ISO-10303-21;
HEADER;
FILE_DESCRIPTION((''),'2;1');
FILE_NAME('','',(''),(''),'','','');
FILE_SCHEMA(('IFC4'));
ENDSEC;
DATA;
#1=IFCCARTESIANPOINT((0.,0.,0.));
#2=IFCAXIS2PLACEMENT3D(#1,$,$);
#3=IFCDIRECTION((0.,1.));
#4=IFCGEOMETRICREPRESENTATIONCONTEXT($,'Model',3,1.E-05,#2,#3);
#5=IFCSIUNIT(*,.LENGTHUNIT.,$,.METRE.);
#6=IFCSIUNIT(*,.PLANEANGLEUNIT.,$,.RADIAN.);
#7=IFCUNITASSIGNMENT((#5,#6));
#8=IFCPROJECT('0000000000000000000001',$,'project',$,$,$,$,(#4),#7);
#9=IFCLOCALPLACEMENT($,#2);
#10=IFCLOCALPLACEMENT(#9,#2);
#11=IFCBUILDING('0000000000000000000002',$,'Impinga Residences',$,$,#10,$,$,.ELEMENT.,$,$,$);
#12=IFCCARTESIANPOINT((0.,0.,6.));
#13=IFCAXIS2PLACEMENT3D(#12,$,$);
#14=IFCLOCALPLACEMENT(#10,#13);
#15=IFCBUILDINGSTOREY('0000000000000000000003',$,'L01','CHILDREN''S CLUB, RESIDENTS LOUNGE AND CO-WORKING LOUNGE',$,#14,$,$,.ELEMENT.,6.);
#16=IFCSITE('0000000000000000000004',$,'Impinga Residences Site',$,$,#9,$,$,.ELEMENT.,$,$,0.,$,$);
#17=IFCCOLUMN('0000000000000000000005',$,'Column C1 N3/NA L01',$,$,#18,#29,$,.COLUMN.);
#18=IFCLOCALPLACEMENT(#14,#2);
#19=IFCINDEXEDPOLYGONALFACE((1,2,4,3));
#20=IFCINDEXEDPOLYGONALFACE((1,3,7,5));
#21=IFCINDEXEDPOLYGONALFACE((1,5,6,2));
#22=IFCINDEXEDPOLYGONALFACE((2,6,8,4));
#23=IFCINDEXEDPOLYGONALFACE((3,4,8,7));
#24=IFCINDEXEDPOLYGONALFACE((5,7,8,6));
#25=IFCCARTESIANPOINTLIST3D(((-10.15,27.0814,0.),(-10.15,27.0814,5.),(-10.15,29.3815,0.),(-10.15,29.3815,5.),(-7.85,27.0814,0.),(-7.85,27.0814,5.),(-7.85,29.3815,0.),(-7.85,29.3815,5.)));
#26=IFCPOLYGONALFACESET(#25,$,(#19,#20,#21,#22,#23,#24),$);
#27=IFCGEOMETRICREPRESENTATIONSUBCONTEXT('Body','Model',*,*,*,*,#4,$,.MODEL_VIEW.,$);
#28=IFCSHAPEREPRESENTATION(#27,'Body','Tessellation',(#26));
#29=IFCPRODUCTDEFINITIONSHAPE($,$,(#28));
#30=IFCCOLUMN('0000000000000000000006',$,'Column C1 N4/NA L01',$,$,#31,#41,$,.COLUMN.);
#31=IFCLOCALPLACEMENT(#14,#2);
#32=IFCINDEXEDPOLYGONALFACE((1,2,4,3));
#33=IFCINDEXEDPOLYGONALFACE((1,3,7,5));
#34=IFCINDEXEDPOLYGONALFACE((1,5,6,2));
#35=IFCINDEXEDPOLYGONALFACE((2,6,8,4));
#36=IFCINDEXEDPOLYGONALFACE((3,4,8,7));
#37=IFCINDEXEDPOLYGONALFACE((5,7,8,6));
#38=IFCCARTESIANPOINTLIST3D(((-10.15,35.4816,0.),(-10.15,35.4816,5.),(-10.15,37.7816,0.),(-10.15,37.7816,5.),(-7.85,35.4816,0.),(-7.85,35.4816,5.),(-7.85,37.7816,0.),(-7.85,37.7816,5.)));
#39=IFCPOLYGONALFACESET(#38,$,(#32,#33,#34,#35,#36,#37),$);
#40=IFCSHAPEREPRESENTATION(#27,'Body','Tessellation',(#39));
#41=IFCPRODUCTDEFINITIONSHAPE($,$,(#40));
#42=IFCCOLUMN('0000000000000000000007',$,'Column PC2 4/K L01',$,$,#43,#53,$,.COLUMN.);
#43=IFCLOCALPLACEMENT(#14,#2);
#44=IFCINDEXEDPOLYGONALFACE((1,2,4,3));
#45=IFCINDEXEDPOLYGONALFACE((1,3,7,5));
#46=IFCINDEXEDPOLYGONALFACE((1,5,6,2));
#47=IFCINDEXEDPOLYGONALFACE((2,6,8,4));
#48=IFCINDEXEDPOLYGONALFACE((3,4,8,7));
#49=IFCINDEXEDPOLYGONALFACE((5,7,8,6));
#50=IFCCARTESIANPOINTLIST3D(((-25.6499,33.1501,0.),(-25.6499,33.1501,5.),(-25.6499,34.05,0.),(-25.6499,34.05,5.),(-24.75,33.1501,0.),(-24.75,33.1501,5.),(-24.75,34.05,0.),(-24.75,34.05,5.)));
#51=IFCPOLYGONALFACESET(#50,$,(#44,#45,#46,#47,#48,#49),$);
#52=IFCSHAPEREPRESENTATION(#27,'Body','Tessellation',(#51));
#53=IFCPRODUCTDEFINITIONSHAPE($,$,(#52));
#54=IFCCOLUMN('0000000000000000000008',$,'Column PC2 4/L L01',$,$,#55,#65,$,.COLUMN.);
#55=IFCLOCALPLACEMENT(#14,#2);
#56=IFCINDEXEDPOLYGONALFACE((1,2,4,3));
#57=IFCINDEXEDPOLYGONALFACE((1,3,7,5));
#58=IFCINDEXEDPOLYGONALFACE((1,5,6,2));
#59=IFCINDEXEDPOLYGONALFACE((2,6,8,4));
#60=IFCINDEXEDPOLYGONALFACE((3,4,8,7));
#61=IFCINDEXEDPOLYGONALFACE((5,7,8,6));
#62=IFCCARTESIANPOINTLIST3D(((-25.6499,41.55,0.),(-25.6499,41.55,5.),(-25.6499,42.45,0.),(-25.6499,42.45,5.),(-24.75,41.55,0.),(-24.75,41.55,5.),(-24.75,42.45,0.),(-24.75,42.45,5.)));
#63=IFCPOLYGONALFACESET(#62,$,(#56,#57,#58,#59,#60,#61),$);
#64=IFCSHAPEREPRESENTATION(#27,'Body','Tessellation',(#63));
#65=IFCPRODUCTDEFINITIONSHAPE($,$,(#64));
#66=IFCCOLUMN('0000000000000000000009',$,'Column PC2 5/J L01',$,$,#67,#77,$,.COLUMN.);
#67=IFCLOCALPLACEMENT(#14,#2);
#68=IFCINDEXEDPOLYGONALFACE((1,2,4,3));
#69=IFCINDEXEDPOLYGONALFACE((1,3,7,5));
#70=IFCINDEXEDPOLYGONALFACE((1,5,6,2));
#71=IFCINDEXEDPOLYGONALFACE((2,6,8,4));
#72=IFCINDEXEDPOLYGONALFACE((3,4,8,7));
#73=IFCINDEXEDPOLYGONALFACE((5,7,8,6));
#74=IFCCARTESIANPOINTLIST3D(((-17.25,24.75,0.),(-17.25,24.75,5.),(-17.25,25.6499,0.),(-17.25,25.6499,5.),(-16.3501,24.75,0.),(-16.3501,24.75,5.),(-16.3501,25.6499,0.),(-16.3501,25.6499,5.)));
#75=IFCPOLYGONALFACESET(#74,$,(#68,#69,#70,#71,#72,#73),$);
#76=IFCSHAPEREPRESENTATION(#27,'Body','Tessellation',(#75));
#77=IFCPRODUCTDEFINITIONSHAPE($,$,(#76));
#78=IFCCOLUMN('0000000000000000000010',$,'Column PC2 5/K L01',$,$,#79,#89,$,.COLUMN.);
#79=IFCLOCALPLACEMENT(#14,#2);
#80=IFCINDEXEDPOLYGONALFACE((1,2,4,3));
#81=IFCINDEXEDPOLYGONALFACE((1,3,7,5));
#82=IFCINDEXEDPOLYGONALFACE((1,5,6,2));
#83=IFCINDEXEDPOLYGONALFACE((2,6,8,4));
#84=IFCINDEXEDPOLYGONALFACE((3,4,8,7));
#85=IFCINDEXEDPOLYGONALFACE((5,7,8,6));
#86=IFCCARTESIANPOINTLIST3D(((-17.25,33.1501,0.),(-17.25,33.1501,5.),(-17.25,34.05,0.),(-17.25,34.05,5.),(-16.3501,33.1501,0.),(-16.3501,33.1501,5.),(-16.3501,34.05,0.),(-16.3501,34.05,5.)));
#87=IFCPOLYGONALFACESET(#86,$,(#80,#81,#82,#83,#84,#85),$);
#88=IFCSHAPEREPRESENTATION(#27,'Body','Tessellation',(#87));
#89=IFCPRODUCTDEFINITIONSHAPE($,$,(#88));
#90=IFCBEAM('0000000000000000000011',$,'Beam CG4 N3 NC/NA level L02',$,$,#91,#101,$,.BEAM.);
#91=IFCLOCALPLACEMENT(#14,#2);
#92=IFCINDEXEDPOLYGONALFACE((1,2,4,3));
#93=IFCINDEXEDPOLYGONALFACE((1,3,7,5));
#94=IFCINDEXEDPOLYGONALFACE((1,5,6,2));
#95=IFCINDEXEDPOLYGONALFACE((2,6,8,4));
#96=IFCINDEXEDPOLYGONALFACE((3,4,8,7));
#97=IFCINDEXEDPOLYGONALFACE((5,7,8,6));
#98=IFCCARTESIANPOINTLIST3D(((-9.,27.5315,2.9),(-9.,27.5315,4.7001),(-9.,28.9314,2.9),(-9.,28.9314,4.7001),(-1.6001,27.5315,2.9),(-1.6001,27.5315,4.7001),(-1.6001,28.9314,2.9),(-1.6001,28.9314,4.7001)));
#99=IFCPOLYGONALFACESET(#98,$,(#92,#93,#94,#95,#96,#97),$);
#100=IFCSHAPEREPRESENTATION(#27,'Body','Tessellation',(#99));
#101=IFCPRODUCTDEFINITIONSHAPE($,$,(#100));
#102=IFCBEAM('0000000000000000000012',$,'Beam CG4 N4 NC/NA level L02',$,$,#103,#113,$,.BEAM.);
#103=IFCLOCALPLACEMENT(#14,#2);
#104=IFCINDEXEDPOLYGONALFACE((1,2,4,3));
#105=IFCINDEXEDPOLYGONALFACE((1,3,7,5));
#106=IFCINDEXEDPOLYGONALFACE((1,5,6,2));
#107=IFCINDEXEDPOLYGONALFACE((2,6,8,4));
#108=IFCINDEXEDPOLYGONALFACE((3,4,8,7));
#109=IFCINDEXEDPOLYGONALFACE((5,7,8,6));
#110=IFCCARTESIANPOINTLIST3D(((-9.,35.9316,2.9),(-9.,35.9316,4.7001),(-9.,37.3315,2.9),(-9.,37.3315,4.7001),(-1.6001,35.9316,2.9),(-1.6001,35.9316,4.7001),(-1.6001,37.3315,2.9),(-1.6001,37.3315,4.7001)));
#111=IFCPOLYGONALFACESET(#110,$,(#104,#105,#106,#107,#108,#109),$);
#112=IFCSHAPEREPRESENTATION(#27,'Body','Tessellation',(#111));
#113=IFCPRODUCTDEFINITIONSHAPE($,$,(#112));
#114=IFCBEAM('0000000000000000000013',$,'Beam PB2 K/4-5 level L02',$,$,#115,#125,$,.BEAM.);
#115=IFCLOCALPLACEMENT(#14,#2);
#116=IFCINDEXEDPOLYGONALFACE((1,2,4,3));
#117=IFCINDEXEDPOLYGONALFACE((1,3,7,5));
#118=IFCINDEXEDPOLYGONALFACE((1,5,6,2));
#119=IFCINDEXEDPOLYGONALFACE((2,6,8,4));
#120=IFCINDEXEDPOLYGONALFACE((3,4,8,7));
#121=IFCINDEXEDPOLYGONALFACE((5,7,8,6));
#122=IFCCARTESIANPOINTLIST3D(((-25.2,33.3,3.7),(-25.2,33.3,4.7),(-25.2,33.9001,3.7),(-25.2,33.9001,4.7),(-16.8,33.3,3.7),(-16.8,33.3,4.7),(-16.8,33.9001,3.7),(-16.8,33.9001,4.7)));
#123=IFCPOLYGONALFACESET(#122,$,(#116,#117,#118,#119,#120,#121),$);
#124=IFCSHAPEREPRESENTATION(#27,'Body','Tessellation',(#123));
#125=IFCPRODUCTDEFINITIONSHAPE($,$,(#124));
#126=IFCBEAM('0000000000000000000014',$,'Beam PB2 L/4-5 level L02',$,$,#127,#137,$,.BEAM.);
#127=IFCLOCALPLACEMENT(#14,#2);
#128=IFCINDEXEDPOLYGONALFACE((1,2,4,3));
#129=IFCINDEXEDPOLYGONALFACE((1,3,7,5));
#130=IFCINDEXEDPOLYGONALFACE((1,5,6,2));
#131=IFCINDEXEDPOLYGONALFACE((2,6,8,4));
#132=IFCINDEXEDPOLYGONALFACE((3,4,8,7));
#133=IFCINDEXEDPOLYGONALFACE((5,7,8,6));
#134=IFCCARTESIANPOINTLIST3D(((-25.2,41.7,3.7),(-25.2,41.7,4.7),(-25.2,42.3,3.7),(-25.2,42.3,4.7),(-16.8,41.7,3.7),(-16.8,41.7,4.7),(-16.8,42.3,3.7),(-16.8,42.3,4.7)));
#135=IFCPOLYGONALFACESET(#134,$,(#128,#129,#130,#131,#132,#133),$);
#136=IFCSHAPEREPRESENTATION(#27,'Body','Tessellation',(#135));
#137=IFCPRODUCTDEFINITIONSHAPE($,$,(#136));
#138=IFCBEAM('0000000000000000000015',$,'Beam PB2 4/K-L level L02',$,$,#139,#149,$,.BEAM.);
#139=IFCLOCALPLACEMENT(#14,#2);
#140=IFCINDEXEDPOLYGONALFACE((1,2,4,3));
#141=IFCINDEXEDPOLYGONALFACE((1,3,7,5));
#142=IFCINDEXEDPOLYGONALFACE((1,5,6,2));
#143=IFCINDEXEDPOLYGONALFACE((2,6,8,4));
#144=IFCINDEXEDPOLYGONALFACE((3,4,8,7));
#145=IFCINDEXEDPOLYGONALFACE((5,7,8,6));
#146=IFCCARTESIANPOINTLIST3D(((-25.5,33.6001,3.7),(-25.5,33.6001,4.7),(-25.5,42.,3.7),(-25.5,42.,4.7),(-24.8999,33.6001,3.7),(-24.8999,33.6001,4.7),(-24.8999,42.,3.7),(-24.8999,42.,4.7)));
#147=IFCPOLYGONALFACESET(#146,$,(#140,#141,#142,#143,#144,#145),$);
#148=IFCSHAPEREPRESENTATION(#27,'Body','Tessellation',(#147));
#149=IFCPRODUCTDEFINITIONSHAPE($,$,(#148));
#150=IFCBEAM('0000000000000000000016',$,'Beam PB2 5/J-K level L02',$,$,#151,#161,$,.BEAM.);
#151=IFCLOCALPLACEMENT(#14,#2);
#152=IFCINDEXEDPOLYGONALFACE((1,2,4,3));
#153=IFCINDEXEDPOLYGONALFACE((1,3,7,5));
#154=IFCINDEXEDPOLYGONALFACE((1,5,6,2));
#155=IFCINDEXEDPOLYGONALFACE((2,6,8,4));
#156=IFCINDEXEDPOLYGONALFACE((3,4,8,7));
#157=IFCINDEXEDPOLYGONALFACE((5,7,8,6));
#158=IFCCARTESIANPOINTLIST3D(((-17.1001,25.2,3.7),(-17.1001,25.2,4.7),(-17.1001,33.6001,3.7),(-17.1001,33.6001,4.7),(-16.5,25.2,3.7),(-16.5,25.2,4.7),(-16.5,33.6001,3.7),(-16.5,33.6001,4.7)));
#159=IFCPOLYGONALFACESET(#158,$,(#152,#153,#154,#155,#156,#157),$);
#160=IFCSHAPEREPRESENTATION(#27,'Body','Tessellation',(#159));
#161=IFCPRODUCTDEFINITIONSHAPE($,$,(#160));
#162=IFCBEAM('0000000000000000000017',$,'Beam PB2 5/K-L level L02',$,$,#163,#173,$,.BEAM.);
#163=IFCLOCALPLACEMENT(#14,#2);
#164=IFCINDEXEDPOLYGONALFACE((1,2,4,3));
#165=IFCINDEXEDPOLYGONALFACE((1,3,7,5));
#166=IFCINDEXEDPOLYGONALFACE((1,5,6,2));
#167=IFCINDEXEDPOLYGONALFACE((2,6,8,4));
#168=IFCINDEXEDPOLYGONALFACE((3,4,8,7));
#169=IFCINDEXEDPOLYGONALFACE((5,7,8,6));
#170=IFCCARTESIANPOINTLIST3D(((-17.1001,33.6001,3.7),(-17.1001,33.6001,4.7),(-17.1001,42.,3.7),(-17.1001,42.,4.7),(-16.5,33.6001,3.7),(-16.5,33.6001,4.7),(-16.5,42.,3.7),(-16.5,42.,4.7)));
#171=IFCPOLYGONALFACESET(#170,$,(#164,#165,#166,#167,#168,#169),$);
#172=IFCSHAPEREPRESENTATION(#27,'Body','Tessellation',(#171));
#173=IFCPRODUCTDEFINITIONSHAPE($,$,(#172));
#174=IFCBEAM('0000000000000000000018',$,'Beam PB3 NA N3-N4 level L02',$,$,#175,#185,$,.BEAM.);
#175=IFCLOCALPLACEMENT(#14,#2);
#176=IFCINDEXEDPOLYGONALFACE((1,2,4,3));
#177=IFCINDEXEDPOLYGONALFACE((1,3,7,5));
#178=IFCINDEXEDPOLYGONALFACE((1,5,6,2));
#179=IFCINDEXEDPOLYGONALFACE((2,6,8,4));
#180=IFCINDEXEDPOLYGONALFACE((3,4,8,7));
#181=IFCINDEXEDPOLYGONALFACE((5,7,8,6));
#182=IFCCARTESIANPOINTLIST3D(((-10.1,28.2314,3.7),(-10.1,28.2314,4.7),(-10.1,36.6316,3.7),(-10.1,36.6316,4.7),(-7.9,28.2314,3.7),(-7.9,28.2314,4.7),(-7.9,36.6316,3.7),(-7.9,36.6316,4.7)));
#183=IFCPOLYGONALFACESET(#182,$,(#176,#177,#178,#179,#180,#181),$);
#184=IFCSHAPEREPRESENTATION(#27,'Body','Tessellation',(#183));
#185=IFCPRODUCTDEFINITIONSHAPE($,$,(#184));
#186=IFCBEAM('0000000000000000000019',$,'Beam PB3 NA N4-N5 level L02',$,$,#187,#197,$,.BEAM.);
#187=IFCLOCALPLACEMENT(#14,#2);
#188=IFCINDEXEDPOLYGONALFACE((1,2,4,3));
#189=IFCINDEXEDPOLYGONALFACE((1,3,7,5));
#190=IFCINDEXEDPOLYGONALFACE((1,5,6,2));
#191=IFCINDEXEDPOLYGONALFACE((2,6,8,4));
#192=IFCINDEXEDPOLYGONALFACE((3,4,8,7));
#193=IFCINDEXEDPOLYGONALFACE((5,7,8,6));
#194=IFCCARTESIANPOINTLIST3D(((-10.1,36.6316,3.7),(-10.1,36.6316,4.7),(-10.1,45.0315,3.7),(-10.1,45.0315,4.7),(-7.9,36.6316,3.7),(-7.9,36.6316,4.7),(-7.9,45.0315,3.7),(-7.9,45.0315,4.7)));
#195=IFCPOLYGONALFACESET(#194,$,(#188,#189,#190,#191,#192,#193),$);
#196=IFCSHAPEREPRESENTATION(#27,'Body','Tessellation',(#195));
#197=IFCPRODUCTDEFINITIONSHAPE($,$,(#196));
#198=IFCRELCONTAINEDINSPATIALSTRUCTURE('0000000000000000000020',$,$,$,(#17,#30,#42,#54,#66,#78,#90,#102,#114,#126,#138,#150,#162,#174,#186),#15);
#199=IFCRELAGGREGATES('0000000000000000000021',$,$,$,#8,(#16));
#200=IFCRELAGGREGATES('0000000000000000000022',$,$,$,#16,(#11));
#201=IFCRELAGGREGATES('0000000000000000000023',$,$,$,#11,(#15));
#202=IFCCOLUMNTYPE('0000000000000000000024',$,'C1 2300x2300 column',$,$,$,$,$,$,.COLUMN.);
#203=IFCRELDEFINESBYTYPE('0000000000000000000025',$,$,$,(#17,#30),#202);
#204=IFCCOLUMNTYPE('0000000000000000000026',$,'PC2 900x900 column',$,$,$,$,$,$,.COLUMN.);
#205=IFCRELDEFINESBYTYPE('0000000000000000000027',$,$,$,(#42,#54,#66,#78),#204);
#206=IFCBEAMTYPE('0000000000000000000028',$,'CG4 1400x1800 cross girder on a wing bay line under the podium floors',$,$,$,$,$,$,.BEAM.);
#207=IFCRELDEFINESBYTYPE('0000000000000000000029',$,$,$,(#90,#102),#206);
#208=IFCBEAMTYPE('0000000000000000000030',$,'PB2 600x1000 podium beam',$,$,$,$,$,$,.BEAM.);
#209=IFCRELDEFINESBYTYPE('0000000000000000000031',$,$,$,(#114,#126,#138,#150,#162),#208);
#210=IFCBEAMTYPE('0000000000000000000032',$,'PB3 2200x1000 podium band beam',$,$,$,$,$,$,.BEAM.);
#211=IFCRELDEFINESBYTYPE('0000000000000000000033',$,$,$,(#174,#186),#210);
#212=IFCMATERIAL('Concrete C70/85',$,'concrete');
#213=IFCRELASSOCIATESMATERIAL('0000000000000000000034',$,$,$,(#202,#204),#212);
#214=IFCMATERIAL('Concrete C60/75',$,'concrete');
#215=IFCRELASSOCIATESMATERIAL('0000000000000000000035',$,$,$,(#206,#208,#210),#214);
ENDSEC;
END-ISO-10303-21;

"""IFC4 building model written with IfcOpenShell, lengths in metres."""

from ifc_helpers import new_model, si_unit, direction, frame, origin, origin_2d, place, context, subcontext, project, spatial, rectangle, extrude, material, material_profile, profile_set, type_object, element, save


model = new_model("IFC4")

# Units and contexts
model_context = context("Model", 3, precision=1e-05, world=origin(), true_north=direction((0.0, 1.0)))
body_context = subcontext(model_context, "Body", "Model", "MODEL_VIEW")
ifc_project = project(units=[si_unit("LENGTHUNIT", "METRE"), si_unit("PLANEANGLEUNIT", "RADIAN")], contexts=[model_context])

# Site, building, storey
site_placement = place(None, origin())
site = spatial("IfcSite", under=ifc_project, at=site_placement, Name="Impinga Residences Site", CompositionType="ELEMENT", RefElevation=0.0)
building_placement = place(site_placement, origin())
building = spatial("IfcBuilding", under=site, at=building_placement, Name="Impinga Residences", CompositionType="ELEMENT")
storey_placement = place(building_placement, frame((0.0, 0.0, 6.0)))
storey = spatial("IfcBuildingStorey", under=building, at=storey_placement, Name="L01", Description="CHILDREN'S CLUB, RESIDENTS LOUNGE AND CO-WORKING LOUNGE", CompositionType="ELEMENT", Elevation=6.0)

# Columns
ifc_material_1 = material(Name="Concrete C70/85", Category="concrete")
ifc_material_profile_1 = material_profile(ifc_material_1, rectangle(XDim=2.3, YDim=2.3, at=origin_2d()), Name="RC 2300x2300")
ifc_profile_set_1 = profile_set([ifc_material_profile_1], Name="Concrete C70/85")
column_type_1 = type_object("IfcColumnType", Name="C1 2300x2300 column", PredefinedType="COLUMN", material=ifc_profile_set_1)
for number, where, z_axis, x_axis, name in (
    (1, (-9.0, 28.2314, 0.0), (0.0, 0.0, 1.0), (1.0, 0.0, 0.0), "Column C1 N3/NA L01"),
    (2, (-9.0, 36.6316, 0.0), (0.0, 0.0, 1.0), (1.0, 0.0, 0.0), "Column C1 N4/NA L01"),
):
    element("IfcColumn", number, at=place(storey_placement, frame(where, z_axis=z_axis, x_axis=x_axis)), inside=storey, type_object=column_type_1, Name=name, PredefinedType="COLUMN", context=body_context, shape_type="SweptSolid", body=[
        extrude(rectangle(XDim=2.3, YDim=2.3, at=origin_2d()), origin(), (0.0, 0.0, 1.0), 5.0),
    ])
ifc_material_profile_2 = material_profile(ifc_material_1, rectangle(XDim=0.8999, YDim=0.8999, at=origin_2d()), Name="RC 900x900")
ifc_profile_set_2 = profile_set([ifc_material_profile_2], Name="Concrete C70/85")
column_type_2 = type_object("IfcColumnType", Name="PC2 900x900 column", PredefinedType="COLUMN", material=ifc_profile_set_2)
for number, where, z_axis, x_axis, name in (
    (3, (-25.2, 33.6001, 0.0), (0.0, 0.0, 1.0), (1.0, 0.0, 0.0), "Column PC2 4/K L01"),
    (4, (-25.2, 42.0, 0.0), (0.0, 0.0, 1.0), (1.0, 0.0, 0.0), "Column PC2 4/L L01"),
    (5, (-16.8, 25.2, 0.0), (0.0, 0.0, 1.0), (1.0, 0.0, 0.0), "Column PC2 5/J L01"),
    (6, (-16.8, 33.6001, 0.0), (0.0, 0.0, 1.0), (1.0, 0.0, 0.0), "Column PC2 5/K L01"),
):
    element("IfcColumn", number, at=place(storey_placement, frame(where, z_axis=z_axis, x_axis=x_axis)), inside=storey, type_object=column_type_2, Name=name, PredefinedType="COLUMN", context=body_context, shape_type="SweptSolid", body=[
        extrude(rectangle(XDim=0.8999, YDim=0.8999, at=origin_2d()), origin(), (0.0, 0.0, 1.0), 5.0),
    ])

# Beams
ifc_material_2 = material(Name="Concrete C60/75", Category="concrete")
ifc_material_profile_3 = material_profile(ifc_material_2, rectangle(XDim=1.3999, YDim=1.8, at=origin_2d()), Name="RC 1400x1800")
ifc_profile_set_3 = profile_set([ifc_material_profile_3], Name="Concrete C60/75")
beam_type_1 = type_object("IfcBeamType", Name="CG4 1400x1800 cross girder on a wing bay line under the podium floors", PredefinedType="BEAM", material=ifc_profile_set_3)
for number, where, z_axis, x_axis, name in (
    (7, (-1.6001, 28.2314, 3.8), (-1.0, 0.0, 0.0), (0.0, -1.0, 0.0), "Beam CG4 N3 NC/NA level L02"),
    (8, (-1.6001, 36.6316, 3.8), (-1.0, 0.0, 0.0), (0.0, -1.0, 0.0), "Beam CG4 N4 NC/NA level L02"),
):
    element("IfcBeam", number, at=place(storey_placement, frame(where, z_axis=z_axis, x_axis=x_axis)), inside=storey, type_object=beam_type_1, Name=name, PredefinedType="BEAM", context=body_context, shape_type="SweptSolid", body=[
        extrude(rectangle(XDim=1.3999, YDim=1.8, at=origin_2d()), origin(), (0.0, 0.0, 1.0), 7.3999),
    ])
ifc_material_profile_4 = material_profile(ifc_material_2, rectangle(XDim=0.6001, YDim=1.0, at=origin_2d()), Name="RC 600x1000")
ifc_profile_set_4 = profile_set([ifc_material_profile_4], Name="Concrete C60/75")
beam_type_2 = type_object("IfcBeamType", Name="PB2 600x1000 podium beam", PredefinedType="BEAM", material=ifc_profile_set_4)
for number, where, z_axis, x_axis, name in (
    (9, (-25.2, 33.6001, 4.2), (1.0, 0.0, 0.0), (0.0, 1.0, 0.0), "Beam PB2 K/4-5 level L02"),
    (10, (-25.2, 42.0, 4.2), (1.0, 0.0, 0.0), (0.0, 1.0, 0.0), "Beam PB2 L/4-5 level L02"),
    (11, (-25.2, 33.6001, 4.2), (0.0, 1.0, 0.0), (-1.0, 0.0, 0.0), "Beam PB2 4/K-L level L02"),
):
    element("IfcBeam", number, at=place(storey_placement, frame(where, z_axis=z_axis, x_axis=x_axis)), inside=storey, type_object=beam_type_2, Name=name, PredefinedType="BEAM", context=body_context, shape_type="SweptSolid", body=[
        extrude(rectangle(XDim=0.6001, YDim=1.0, at=origin_2d()), origin(), (0.0, 0.0, 1.0), 8.3999),
    ])
beam_1_placement = place(storey_placement, frame((-16.8, 25.2, 4.2), z_axis=(0.0, 1.0, 0.0), x_axis=(-1.0, 0.0, 0.0)))
element("IfcBeam", 12, at=beam_1_placement, inside=storey, type_object=beam_type_2, Name="Beam PB2 5/J-K level L02", PredefinedType="BEAM", context=body_context, shape_type="SweptSolid", body=[
    extrude(rectangle(XDim=0.6001, YDim=1.0, at=origin_2d()), origin(), (0.0, 0.0, 1.0), 8.4001),
])
beam_2_placement = place(storey_placement, frame((-16.8, 33.6001, 4.2), z_axis=(0.0, 1.0, 0.0), x_axis=(-1.0, 0.0, 0.0)))
element("IfcBeam", 13, at=beam_2_placement, inside=storey, type_object=beam_type_2, Name="Beam PB2 5/K-L level L02", PredefinedType="BEAM", context=body_context, shape_type="SweptSolid", body=[
    extrude(rectangle(XDim=0.6001, YDim=1.0, at=origin_2d()), origin(), (0.0, 0.0, 1.0), 8.3999),
])
ifc_material_profile_5 = material_profile(ifc_material_2, rectangle(XDim=2.2, YDim=1.0, at=origin_2d()), Name="RC 2200x1000")
ifc_profile_set_5 = profile_set([ifc_material_profile_5], Name="Concrete C60/75")
beam_type_3 = type_object("IfcBeamType", Name="PB3 2200x1000 podium band beam", PredefinedType="BEAM", material=ifc_profile_set_5)
beam_3_placement = place(storey_placement, frame((-9.0, 28.2314, 4.2), z_axis=(0.0, 1.0, 0.0), x_axis=(-1.0, 0.0, 0.0)))
element("IfcBeam", 14, at=beam_3_placement, inside=storey, type_object=beam_type_3, Name="Beam PB3 NA N3-N4 level L02", PredefinedType="BEAM", context=body_context, shape_type="SweptSolid", body=[
    extrude(rectangle(XDim=2.2, YDim=1.0, at=origin_2d()), origin(), (0.0, 0.0, 1.0), 8.4001),
])
beam_4_placement = place(storey_placement, frame((-9.0, 36.6316, 4.2), z_axis=(0.0, 1.0, 0.0), x_axis=(-1.0, 0.0, 0.0)))
element("IfcBeam", 15, at=beam_4_placement, inside=storey, type_object=beam_type_3, Name="Beam PB3 NA N4-N5 level L02", PredefinedType="BEAM", context=body_context, shape_type="SweptSolid", body=[
    extrude(rectangle(XDim=2.2, YDim=1.0, at=origin_2d()), origin(), (0.0, 0.0, 1.0), 8.3999),
])

save(model, "model.ifc")
